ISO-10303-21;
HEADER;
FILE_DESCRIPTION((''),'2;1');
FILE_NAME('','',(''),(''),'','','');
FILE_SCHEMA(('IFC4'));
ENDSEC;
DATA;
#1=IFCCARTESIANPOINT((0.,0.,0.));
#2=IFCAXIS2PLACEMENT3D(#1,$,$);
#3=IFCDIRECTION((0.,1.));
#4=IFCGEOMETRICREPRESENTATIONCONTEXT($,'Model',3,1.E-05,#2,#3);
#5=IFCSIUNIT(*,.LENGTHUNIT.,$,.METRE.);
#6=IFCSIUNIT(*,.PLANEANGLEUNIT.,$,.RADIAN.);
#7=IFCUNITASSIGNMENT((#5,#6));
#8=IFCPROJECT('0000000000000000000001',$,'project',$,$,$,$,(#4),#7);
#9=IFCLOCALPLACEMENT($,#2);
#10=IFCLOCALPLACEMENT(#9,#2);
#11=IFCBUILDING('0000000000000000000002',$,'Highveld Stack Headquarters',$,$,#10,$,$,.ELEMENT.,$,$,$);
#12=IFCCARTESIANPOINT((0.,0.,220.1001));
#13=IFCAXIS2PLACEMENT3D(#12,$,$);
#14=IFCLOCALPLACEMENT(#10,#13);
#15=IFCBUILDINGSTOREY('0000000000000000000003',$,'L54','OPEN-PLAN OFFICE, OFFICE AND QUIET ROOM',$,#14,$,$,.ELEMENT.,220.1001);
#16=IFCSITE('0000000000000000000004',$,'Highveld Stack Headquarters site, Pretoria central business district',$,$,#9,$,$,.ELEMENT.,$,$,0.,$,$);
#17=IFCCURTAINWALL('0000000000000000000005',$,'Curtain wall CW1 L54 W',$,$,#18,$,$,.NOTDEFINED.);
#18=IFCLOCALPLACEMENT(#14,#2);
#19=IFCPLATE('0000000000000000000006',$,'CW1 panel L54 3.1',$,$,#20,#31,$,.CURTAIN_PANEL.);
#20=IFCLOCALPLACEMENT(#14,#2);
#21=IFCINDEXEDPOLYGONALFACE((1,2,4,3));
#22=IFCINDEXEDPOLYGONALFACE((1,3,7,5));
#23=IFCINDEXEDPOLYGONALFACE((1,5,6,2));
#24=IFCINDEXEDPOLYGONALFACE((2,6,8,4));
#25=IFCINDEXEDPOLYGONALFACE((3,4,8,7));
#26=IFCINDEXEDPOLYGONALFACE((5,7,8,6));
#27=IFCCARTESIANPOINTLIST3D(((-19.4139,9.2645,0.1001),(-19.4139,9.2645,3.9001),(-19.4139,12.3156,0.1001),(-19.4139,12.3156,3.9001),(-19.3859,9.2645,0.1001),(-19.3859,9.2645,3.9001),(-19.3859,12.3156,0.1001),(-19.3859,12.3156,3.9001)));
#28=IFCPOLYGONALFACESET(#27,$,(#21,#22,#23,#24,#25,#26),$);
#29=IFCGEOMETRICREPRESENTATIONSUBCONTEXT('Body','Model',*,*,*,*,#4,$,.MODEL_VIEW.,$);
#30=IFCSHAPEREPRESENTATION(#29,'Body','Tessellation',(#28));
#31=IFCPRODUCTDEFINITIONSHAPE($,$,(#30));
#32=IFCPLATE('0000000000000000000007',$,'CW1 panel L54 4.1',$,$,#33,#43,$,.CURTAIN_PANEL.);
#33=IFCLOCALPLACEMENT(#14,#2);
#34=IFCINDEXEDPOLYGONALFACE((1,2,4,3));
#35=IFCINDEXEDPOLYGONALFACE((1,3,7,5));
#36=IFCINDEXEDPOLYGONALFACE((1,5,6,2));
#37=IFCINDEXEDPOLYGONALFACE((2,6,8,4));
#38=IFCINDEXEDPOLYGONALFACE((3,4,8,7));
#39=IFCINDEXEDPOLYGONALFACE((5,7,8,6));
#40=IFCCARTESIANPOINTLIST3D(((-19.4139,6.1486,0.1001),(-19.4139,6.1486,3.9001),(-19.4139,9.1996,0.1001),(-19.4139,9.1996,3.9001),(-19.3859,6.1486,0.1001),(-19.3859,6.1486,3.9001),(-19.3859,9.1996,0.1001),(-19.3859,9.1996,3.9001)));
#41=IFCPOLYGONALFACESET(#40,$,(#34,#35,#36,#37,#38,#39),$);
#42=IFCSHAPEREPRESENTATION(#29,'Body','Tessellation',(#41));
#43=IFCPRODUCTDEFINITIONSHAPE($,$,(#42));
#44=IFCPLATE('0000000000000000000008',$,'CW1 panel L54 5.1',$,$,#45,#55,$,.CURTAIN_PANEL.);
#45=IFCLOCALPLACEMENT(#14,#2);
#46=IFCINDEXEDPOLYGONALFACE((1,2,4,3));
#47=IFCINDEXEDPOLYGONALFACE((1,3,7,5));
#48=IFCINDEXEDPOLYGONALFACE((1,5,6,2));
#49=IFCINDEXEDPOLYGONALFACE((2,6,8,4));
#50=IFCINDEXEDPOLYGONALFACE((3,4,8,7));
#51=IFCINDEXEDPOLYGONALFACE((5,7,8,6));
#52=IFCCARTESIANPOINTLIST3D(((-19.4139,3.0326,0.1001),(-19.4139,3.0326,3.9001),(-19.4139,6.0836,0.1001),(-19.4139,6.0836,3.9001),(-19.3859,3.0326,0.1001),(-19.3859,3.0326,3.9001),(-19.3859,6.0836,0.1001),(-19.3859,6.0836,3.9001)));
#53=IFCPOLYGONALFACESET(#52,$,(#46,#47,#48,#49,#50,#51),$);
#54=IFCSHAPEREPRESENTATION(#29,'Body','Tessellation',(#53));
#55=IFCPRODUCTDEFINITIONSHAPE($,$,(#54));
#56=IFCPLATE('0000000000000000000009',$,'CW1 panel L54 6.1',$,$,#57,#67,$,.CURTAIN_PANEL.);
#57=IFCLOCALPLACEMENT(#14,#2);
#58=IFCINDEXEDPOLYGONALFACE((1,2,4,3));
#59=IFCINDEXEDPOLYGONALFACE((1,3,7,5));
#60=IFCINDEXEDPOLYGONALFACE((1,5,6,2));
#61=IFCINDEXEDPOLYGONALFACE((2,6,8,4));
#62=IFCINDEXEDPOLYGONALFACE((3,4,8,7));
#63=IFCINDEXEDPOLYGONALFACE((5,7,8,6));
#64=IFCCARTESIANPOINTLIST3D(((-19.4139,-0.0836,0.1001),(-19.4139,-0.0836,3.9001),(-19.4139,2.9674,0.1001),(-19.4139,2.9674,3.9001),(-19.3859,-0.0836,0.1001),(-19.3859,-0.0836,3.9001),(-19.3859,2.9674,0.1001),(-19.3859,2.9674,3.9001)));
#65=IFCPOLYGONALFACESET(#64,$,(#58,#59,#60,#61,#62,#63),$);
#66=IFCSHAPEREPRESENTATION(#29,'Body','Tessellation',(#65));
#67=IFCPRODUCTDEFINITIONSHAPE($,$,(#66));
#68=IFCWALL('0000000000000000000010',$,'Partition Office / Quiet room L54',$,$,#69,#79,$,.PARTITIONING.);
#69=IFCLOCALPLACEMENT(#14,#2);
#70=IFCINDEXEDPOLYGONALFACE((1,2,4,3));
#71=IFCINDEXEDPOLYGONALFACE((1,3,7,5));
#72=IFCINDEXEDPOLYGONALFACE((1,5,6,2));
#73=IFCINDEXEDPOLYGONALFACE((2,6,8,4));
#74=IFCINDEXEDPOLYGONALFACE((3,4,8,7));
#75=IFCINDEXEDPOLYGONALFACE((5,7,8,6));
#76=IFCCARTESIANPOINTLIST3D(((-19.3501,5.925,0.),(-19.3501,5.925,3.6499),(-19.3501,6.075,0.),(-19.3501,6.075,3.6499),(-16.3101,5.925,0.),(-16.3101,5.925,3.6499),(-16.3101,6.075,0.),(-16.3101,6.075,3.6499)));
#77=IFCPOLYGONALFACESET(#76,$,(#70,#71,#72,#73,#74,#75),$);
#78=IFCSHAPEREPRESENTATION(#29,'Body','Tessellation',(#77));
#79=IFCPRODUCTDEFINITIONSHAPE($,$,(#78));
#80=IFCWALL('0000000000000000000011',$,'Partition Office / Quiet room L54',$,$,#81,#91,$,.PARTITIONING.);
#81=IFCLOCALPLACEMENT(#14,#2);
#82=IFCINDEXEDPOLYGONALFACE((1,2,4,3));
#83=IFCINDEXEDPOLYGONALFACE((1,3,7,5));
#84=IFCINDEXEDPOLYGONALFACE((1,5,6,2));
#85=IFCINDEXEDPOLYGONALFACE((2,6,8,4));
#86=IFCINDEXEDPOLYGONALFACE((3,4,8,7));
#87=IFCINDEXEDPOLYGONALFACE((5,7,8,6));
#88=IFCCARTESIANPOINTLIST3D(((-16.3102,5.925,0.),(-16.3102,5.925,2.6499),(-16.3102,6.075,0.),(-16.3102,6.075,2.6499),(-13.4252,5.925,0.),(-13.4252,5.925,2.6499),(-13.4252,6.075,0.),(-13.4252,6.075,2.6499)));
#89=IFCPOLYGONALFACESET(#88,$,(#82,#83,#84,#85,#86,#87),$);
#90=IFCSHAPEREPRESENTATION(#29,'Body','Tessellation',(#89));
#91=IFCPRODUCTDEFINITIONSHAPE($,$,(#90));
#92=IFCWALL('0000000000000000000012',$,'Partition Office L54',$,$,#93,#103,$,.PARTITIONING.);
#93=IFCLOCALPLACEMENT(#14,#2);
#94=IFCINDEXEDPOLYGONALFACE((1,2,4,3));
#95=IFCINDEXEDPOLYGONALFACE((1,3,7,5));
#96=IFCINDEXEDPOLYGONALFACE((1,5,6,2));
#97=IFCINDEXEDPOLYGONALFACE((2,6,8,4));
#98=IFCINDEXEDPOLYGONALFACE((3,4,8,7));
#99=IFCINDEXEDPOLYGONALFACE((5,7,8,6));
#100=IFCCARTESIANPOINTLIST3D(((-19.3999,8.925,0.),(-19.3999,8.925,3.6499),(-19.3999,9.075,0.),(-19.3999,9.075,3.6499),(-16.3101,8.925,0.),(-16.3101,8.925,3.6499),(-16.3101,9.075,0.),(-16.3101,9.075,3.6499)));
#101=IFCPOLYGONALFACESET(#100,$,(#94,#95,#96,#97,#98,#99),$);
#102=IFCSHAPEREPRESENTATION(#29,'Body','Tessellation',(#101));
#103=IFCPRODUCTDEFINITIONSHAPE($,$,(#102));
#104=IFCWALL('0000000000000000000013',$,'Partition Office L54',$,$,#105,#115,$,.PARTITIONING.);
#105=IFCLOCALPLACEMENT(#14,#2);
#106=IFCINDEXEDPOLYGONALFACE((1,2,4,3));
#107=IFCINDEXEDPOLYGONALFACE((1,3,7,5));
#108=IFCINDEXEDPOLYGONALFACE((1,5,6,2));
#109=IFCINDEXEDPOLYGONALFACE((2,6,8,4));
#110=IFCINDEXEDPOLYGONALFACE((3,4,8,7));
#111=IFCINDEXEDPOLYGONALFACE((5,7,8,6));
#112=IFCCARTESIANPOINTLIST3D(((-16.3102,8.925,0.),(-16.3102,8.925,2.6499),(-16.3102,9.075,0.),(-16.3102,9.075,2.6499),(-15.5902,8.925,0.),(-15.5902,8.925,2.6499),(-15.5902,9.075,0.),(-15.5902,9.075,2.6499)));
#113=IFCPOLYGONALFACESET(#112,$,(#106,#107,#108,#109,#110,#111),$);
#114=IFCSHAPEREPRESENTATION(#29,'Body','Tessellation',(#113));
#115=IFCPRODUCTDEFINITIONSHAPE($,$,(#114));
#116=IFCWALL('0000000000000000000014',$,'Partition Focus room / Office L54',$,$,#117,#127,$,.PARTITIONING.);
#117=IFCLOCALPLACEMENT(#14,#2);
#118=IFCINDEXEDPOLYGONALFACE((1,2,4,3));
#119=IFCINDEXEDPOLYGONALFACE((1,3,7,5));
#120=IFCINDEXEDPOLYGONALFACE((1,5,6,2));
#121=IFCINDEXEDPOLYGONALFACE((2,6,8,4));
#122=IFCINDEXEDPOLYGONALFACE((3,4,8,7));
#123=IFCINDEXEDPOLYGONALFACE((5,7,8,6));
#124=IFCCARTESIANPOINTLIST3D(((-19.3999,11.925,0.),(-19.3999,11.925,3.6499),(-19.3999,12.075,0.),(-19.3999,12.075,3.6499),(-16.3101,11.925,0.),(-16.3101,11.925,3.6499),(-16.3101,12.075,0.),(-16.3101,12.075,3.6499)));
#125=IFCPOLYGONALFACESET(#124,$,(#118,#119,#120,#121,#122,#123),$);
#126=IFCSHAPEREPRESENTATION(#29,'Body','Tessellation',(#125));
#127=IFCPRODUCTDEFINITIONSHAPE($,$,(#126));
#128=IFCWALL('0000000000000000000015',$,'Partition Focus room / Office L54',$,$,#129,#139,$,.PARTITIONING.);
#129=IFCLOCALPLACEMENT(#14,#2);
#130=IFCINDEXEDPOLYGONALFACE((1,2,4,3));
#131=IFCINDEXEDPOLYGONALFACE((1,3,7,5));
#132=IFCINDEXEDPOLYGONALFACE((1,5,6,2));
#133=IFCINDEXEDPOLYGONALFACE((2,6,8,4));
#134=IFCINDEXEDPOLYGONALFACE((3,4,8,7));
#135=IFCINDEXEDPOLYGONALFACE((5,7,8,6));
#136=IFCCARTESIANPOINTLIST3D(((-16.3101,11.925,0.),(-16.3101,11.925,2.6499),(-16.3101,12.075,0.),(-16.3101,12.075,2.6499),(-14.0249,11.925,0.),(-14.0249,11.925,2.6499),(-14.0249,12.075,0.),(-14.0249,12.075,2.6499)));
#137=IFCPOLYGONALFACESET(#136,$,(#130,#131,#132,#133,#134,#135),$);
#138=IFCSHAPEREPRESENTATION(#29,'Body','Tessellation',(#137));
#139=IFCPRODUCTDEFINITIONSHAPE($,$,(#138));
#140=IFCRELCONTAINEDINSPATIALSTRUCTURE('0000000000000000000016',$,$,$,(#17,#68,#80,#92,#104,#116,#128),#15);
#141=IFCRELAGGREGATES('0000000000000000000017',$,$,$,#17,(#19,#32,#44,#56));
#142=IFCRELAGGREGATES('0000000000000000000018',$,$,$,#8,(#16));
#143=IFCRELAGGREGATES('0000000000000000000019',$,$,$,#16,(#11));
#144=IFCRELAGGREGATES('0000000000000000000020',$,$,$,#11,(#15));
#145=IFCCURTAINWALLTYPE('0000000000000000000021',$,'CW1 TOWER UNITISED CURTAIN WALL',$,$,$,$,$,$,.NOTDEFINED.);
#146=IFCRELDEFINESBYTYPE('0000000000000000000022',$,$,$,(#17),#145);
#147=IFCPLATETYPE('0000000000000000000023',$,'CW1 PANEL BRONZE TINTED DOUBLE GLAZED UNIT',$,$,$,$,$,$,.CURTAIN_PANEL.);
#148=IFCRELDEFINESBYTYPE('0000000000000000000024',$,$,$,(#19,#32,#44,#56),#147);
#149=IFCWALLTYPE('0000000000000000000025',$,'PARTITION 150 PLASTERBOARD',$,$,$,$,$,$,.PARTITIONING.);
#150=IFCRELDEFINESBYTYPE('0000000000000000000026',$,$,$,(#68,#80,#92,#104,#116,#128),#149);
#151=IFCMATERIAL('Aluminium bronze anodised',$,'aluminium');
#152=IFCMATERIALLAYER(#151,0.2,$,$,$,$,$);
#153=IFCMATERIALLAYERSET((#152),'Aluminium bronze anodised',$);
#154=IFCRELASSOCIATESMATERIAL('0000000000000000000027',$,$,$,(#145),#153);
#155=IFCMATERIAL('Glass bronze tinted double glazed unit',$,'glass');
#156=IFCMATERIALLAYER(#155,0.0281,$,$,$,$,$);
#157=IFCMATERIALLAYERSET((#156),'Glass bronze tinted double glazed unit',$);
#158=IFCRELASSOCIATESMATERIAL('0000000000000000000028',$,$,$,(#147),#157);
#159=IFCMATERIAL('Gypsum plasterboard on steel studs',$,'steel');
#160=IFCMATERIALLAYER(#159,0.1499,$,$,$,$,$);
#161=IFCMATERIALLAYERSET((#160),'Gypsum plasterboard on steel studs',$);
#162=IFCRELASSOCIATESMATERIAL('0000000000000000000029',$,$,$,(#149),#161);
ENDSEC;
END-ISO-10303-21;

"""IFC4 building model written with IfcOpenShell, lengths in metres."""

from ifc_helpers import new_model, si_unit, direction, frame, frame_2d, origin, origin_2d, place, context, subcontext, project, spatial, rectangle, extrude, material, layer, layer_set, type_object, element, aggregate, save


model = new_model("IFC4")

# Units and contexts
model_context = context("Model", 3, precision=1e-05, world=origin(), true_north=direction((0.0, 1.0)))
body_context = subcontext(model_context, "Body", "Model", "MODEL_VIEW")
ifc_project = project(units=[si_unit("LENGTHUNIT", "METRE"), si_unit("PLANEANGLEUNIT", "RADIAN")], contexts=[model_context])

# Site, building, storey
site_placement = place(None, origin())
site = spatial("IfcSite", under=ifc_project, at=site_placement, Name="Highveld Stack Headquarters site, Pretoria central business district", CompositionType="ELEMENT", RefElevation=0.0)
building_placement = place(site_placement, origin())
building = spatial("IfcBuilding", under=site, at=building_placement, Name="Highveld Stack Headquarters", CompositionType="ELEMENT")
storey_placement = place(building_placement, frame((0.0, 0.0, 220.1001)))
storey = spatial("IfcBuildingStorey", under=building, at=storey_placement, Name="L54", Description="OPEN-PLAN OFFICE, OFFICE AND QUIET ROOM", CompositionType="ELEMENT", Elevation=220.1001)

# Curtain wall
ifc_material_1 = material(Name="Aluminium bronze anodised", Category="aluminium")
ifc_layer_1 = layer(ifc_material_1, 0.2)
ifc_layer_set_1 = layer_set([ifc_layer_1], Name="Aluminium bronze anodised")
curtain_wall_type = type_object("IfcCurtainWallType", Name="CW1 TOWER UNITISED CURTAIN WALL", PredefinedType="NOTDEFINED", material=ifc_layer_set_1)
curtain_wall_placement = place(storey_placement, origin())
curtain_wall = element("IfcCurtainWall", 1, at=curtain_wall_placement, inside=storey, type_object=curtain_wall_type, Name="Curtain wall CW1 L54 W", PredefinedType="NOTDEFINED")

# Plates
ifc_material_2 = material(Name="Glass bronze tinted double glazed unit", Category="glass")
ifc_layer_2 = layer(ifc_material_2, 0.0281)
ifc_layer_set_2 = layer_set([ifc_layer_2], Name="Glass bronze tinted double glazed unit")
plate_type = type_object("IfcPlateType", Name="CW1 PANEL BRONZE TINTED DOUBLE GLAZED UNIT", PredefinedType="CURTAIN_PANEL", material=ifc_layer_set_2)
plate_1_placement = place(storey_placement, frame((-19.3999, 10.79, 0.1001), z_axis=(0.0, 0.0, 1.0), x_axis=(0.0, -1.0, 0.0)))
plate_1 = element("IfcPlate", 2, at=plate_1_placement, type_object=plate_type, Name="CW1 panel L54 3.1", PredefinedType="CURTAIN_PANEL", context=body_context, shape_type="SweptSolid", body=[
    extrude(rectangle(XDim=3.051, YDim=0.0281, at=origin_2d()), origin(), (0.0, 0.0, 1.0), 3.8),
])
plate_2_placement = place(storey_placement, frame((-19.3999, 7.6741, 0.1001), z_axis=(0.0, 0.0, 1.0), x_axis=(0.0, -1.0, 0.0)))
plate_2 = element("IfcPlate", 3, at=plate_2_placement, type_object=plate_type, Name="CW1 panel L54 4.1", PredefinedType="CURTAIN_PANEL", context=body_context, shape_type="SweptSolid", body=[
    extrude(rectangle(XDim=3.051, YDim=0.0281, at=origin_2d()), origin(), (0.0, 0.0, 1.0), 3.8),
])
plate_3_placement = place(storey_placement, frame((-19.3999, 4.5581, 0.1001), z_axis=(0.0, 0.0, 1.0), x_axis=(0.0, -1.0, 0.0)))
plate_3 = element("IfcPlate", 4, at=plate_3_placement, type_object=plate_type, Name="CW1 panel L54 5.1", PredefinedType="CURTAIN_PANEL", context=body_context, shape_type="SweptSolid", body=[
    extrude(rectangle(XDim=3.051, YDim=0.0281, at=origin_2d()), origin(), (0.0, 0.0, 1.0), 3.8),
])
plate_4_placement = place(storey_placement, frame((-19.3999, 1.4419, 0.1001), z_axis=(0.0, 0.0, 1.0), x_axis=(0.0, -1.0, 0.0)))
plate_4 = element("IfcPlate", 5, at=plate_4_placement, type_object=plate_type, Name="CW1 panel L54 6.1", PredefinedType="CURTAIN_PANEL", context=body_context, shape_type="SweptSolid", body=[
    extrude(rectangle(XDim=3.051, YDim=0.0281, at=origin_2d()), origin(), (0.0, 0.0, 1.0), 3.8),
])
aggregate(curtain_wall, [plate_1, plate_2, plate_3, plate_4])

# Walls
ifc_material_3 = material(Name="Gypsum plasterboard on steel studs", Category="steel")
ifc_layer_3 = layer(ifc_material_3, 0.1499)
ifc_layer_set_3 = layer_set([ifc_layer_3], Name="Gypsum plasterboard on steel studs")
wall_type = type_object("IfcWallType", Name="PARTITION 150 PLASTERBOARD", PredefinedType="PARTITIONING", material=ifc_layer_set_3)
wall_1_placement = place(storey_placement, frame((-19.3501, 6.0, 0.0), z_axis=(0.0, 0.0, 1.0), x_axis=(1.0, 0.0, 0.0)))
element("IfcWall", 6, at=wall_1_placement, inside=storey, type_object=wall_type, Name="Partition Office / Quiet room L54", PredefinedType="PARTITIONING", context=body_context, shape_type="SweptSolid", body=[
    extrude(rectangle(XDim=3.04, YDim=0.1499, at=frame_2d((1.52, 0.0))), origin(), (0.0, 0.0, 1.0), 3.6499),
])
wall_2_placement = place(storey_placement, frame((-16.3101, 6.0, 0.0), z_axis=(0.0, 0.0, 1.0), x_axis=(1.0, 0.0, 0.0)))
element("IfcWall", 7, at=wall_2_placement, inside=storey, type_object=wall_type, Name="Partition Office / Quiet room L54", PredefinedType="PARTITIONING", context=body_context, shape_type="SweptSolid", body=[
    extrude(rectangle(XDim=2.885, YDim=0.1499, at=frame_2d((1.4424, 0.0))), origin(), (0.0, 0.0, 1.0), 2.6499),
])
wall_3_placement = place(storey_placement, frame((-19.3999, 9.0, 0.0), z_axis=(0.0, 0.0, 1.0), x_axis=(1.0, 0.0, 0.0)))
element("IfcWall", 8, at=wall_3_placement, inside=storey, type_object=wall_type, Name="Partition Office L54", PredefinedType="PARTITIONING", context=body_context, shape_type="SweptSolid", body=[
    extrude(rectangle(XDim=3.0898, YDim=0.1499, at=frame_2d((1.5449, 0.0))), origin(), (0.0, 0.0, 1.0), 3.6499),
])
wall_4_placement = place(storey_placement, frame((-16.3101, 9.0, 0.0), z_axis=(0.0, 0.0, 1.0), x_axis=(1.0, 0.0, 0.0)))
element("IfcWall", 9, at=wall_4_placement, inside=storey, type_object=wall_type, Name="Partition Office L54", PredefinedType="PARTITIONING", context=body_context, shape_type="SweptSolid", body=[
    extrude(rectangle(XDim=0.72, YDim=0.1499, at=frame_2d((0.3599, 0.0))), origin(), (0.0, 0.0, 1.0), 2.6499),
])
wall_5_placement = place(storey_placement, frame((-19.3999, 12.0, 0.0), z_axis=(0.0, 0.0, 1.0), x_axis=(1.0, 0.0, 0.0)))
element("IfcWall", 10, at=wall_5_placement, inside=storey, type_object=wall_type, Name="Partition Focus room / Office L54", PredefinedType="PARTITIONING", context=body_context, shape_type="SweptSolid", body=[
    extrude(rectangle(XDim=3.0898, YDim=0.1499, at=frame_2d((1.5449, 0.0))), origin(), (0.0, 0.0, 1.0), 3.6499),
])
wall_6_placement = place(storey_placement, frame((-16.3101, 12.0, 0.0), z_axis=(0.0, 0.0, 1.0), x_axis=(1.0, 0.0, 0.0)))
element("IfcWall", 11, at=wall_6_placement, inside=storey, type_object=wall_type, Name="Partition Focus room / Office L54", PredefinedType="PARTITIONING", context=body_context, shape_type="SweptSolid", body=[
    extrude(rectangle(XDim=2.2852, YDim=0.1499, at=frame_2d((1.1426, 0.0))), origin(), (0.0, 0.0, 1.0), 2.6499),
])

save(model, "model.ifc")
